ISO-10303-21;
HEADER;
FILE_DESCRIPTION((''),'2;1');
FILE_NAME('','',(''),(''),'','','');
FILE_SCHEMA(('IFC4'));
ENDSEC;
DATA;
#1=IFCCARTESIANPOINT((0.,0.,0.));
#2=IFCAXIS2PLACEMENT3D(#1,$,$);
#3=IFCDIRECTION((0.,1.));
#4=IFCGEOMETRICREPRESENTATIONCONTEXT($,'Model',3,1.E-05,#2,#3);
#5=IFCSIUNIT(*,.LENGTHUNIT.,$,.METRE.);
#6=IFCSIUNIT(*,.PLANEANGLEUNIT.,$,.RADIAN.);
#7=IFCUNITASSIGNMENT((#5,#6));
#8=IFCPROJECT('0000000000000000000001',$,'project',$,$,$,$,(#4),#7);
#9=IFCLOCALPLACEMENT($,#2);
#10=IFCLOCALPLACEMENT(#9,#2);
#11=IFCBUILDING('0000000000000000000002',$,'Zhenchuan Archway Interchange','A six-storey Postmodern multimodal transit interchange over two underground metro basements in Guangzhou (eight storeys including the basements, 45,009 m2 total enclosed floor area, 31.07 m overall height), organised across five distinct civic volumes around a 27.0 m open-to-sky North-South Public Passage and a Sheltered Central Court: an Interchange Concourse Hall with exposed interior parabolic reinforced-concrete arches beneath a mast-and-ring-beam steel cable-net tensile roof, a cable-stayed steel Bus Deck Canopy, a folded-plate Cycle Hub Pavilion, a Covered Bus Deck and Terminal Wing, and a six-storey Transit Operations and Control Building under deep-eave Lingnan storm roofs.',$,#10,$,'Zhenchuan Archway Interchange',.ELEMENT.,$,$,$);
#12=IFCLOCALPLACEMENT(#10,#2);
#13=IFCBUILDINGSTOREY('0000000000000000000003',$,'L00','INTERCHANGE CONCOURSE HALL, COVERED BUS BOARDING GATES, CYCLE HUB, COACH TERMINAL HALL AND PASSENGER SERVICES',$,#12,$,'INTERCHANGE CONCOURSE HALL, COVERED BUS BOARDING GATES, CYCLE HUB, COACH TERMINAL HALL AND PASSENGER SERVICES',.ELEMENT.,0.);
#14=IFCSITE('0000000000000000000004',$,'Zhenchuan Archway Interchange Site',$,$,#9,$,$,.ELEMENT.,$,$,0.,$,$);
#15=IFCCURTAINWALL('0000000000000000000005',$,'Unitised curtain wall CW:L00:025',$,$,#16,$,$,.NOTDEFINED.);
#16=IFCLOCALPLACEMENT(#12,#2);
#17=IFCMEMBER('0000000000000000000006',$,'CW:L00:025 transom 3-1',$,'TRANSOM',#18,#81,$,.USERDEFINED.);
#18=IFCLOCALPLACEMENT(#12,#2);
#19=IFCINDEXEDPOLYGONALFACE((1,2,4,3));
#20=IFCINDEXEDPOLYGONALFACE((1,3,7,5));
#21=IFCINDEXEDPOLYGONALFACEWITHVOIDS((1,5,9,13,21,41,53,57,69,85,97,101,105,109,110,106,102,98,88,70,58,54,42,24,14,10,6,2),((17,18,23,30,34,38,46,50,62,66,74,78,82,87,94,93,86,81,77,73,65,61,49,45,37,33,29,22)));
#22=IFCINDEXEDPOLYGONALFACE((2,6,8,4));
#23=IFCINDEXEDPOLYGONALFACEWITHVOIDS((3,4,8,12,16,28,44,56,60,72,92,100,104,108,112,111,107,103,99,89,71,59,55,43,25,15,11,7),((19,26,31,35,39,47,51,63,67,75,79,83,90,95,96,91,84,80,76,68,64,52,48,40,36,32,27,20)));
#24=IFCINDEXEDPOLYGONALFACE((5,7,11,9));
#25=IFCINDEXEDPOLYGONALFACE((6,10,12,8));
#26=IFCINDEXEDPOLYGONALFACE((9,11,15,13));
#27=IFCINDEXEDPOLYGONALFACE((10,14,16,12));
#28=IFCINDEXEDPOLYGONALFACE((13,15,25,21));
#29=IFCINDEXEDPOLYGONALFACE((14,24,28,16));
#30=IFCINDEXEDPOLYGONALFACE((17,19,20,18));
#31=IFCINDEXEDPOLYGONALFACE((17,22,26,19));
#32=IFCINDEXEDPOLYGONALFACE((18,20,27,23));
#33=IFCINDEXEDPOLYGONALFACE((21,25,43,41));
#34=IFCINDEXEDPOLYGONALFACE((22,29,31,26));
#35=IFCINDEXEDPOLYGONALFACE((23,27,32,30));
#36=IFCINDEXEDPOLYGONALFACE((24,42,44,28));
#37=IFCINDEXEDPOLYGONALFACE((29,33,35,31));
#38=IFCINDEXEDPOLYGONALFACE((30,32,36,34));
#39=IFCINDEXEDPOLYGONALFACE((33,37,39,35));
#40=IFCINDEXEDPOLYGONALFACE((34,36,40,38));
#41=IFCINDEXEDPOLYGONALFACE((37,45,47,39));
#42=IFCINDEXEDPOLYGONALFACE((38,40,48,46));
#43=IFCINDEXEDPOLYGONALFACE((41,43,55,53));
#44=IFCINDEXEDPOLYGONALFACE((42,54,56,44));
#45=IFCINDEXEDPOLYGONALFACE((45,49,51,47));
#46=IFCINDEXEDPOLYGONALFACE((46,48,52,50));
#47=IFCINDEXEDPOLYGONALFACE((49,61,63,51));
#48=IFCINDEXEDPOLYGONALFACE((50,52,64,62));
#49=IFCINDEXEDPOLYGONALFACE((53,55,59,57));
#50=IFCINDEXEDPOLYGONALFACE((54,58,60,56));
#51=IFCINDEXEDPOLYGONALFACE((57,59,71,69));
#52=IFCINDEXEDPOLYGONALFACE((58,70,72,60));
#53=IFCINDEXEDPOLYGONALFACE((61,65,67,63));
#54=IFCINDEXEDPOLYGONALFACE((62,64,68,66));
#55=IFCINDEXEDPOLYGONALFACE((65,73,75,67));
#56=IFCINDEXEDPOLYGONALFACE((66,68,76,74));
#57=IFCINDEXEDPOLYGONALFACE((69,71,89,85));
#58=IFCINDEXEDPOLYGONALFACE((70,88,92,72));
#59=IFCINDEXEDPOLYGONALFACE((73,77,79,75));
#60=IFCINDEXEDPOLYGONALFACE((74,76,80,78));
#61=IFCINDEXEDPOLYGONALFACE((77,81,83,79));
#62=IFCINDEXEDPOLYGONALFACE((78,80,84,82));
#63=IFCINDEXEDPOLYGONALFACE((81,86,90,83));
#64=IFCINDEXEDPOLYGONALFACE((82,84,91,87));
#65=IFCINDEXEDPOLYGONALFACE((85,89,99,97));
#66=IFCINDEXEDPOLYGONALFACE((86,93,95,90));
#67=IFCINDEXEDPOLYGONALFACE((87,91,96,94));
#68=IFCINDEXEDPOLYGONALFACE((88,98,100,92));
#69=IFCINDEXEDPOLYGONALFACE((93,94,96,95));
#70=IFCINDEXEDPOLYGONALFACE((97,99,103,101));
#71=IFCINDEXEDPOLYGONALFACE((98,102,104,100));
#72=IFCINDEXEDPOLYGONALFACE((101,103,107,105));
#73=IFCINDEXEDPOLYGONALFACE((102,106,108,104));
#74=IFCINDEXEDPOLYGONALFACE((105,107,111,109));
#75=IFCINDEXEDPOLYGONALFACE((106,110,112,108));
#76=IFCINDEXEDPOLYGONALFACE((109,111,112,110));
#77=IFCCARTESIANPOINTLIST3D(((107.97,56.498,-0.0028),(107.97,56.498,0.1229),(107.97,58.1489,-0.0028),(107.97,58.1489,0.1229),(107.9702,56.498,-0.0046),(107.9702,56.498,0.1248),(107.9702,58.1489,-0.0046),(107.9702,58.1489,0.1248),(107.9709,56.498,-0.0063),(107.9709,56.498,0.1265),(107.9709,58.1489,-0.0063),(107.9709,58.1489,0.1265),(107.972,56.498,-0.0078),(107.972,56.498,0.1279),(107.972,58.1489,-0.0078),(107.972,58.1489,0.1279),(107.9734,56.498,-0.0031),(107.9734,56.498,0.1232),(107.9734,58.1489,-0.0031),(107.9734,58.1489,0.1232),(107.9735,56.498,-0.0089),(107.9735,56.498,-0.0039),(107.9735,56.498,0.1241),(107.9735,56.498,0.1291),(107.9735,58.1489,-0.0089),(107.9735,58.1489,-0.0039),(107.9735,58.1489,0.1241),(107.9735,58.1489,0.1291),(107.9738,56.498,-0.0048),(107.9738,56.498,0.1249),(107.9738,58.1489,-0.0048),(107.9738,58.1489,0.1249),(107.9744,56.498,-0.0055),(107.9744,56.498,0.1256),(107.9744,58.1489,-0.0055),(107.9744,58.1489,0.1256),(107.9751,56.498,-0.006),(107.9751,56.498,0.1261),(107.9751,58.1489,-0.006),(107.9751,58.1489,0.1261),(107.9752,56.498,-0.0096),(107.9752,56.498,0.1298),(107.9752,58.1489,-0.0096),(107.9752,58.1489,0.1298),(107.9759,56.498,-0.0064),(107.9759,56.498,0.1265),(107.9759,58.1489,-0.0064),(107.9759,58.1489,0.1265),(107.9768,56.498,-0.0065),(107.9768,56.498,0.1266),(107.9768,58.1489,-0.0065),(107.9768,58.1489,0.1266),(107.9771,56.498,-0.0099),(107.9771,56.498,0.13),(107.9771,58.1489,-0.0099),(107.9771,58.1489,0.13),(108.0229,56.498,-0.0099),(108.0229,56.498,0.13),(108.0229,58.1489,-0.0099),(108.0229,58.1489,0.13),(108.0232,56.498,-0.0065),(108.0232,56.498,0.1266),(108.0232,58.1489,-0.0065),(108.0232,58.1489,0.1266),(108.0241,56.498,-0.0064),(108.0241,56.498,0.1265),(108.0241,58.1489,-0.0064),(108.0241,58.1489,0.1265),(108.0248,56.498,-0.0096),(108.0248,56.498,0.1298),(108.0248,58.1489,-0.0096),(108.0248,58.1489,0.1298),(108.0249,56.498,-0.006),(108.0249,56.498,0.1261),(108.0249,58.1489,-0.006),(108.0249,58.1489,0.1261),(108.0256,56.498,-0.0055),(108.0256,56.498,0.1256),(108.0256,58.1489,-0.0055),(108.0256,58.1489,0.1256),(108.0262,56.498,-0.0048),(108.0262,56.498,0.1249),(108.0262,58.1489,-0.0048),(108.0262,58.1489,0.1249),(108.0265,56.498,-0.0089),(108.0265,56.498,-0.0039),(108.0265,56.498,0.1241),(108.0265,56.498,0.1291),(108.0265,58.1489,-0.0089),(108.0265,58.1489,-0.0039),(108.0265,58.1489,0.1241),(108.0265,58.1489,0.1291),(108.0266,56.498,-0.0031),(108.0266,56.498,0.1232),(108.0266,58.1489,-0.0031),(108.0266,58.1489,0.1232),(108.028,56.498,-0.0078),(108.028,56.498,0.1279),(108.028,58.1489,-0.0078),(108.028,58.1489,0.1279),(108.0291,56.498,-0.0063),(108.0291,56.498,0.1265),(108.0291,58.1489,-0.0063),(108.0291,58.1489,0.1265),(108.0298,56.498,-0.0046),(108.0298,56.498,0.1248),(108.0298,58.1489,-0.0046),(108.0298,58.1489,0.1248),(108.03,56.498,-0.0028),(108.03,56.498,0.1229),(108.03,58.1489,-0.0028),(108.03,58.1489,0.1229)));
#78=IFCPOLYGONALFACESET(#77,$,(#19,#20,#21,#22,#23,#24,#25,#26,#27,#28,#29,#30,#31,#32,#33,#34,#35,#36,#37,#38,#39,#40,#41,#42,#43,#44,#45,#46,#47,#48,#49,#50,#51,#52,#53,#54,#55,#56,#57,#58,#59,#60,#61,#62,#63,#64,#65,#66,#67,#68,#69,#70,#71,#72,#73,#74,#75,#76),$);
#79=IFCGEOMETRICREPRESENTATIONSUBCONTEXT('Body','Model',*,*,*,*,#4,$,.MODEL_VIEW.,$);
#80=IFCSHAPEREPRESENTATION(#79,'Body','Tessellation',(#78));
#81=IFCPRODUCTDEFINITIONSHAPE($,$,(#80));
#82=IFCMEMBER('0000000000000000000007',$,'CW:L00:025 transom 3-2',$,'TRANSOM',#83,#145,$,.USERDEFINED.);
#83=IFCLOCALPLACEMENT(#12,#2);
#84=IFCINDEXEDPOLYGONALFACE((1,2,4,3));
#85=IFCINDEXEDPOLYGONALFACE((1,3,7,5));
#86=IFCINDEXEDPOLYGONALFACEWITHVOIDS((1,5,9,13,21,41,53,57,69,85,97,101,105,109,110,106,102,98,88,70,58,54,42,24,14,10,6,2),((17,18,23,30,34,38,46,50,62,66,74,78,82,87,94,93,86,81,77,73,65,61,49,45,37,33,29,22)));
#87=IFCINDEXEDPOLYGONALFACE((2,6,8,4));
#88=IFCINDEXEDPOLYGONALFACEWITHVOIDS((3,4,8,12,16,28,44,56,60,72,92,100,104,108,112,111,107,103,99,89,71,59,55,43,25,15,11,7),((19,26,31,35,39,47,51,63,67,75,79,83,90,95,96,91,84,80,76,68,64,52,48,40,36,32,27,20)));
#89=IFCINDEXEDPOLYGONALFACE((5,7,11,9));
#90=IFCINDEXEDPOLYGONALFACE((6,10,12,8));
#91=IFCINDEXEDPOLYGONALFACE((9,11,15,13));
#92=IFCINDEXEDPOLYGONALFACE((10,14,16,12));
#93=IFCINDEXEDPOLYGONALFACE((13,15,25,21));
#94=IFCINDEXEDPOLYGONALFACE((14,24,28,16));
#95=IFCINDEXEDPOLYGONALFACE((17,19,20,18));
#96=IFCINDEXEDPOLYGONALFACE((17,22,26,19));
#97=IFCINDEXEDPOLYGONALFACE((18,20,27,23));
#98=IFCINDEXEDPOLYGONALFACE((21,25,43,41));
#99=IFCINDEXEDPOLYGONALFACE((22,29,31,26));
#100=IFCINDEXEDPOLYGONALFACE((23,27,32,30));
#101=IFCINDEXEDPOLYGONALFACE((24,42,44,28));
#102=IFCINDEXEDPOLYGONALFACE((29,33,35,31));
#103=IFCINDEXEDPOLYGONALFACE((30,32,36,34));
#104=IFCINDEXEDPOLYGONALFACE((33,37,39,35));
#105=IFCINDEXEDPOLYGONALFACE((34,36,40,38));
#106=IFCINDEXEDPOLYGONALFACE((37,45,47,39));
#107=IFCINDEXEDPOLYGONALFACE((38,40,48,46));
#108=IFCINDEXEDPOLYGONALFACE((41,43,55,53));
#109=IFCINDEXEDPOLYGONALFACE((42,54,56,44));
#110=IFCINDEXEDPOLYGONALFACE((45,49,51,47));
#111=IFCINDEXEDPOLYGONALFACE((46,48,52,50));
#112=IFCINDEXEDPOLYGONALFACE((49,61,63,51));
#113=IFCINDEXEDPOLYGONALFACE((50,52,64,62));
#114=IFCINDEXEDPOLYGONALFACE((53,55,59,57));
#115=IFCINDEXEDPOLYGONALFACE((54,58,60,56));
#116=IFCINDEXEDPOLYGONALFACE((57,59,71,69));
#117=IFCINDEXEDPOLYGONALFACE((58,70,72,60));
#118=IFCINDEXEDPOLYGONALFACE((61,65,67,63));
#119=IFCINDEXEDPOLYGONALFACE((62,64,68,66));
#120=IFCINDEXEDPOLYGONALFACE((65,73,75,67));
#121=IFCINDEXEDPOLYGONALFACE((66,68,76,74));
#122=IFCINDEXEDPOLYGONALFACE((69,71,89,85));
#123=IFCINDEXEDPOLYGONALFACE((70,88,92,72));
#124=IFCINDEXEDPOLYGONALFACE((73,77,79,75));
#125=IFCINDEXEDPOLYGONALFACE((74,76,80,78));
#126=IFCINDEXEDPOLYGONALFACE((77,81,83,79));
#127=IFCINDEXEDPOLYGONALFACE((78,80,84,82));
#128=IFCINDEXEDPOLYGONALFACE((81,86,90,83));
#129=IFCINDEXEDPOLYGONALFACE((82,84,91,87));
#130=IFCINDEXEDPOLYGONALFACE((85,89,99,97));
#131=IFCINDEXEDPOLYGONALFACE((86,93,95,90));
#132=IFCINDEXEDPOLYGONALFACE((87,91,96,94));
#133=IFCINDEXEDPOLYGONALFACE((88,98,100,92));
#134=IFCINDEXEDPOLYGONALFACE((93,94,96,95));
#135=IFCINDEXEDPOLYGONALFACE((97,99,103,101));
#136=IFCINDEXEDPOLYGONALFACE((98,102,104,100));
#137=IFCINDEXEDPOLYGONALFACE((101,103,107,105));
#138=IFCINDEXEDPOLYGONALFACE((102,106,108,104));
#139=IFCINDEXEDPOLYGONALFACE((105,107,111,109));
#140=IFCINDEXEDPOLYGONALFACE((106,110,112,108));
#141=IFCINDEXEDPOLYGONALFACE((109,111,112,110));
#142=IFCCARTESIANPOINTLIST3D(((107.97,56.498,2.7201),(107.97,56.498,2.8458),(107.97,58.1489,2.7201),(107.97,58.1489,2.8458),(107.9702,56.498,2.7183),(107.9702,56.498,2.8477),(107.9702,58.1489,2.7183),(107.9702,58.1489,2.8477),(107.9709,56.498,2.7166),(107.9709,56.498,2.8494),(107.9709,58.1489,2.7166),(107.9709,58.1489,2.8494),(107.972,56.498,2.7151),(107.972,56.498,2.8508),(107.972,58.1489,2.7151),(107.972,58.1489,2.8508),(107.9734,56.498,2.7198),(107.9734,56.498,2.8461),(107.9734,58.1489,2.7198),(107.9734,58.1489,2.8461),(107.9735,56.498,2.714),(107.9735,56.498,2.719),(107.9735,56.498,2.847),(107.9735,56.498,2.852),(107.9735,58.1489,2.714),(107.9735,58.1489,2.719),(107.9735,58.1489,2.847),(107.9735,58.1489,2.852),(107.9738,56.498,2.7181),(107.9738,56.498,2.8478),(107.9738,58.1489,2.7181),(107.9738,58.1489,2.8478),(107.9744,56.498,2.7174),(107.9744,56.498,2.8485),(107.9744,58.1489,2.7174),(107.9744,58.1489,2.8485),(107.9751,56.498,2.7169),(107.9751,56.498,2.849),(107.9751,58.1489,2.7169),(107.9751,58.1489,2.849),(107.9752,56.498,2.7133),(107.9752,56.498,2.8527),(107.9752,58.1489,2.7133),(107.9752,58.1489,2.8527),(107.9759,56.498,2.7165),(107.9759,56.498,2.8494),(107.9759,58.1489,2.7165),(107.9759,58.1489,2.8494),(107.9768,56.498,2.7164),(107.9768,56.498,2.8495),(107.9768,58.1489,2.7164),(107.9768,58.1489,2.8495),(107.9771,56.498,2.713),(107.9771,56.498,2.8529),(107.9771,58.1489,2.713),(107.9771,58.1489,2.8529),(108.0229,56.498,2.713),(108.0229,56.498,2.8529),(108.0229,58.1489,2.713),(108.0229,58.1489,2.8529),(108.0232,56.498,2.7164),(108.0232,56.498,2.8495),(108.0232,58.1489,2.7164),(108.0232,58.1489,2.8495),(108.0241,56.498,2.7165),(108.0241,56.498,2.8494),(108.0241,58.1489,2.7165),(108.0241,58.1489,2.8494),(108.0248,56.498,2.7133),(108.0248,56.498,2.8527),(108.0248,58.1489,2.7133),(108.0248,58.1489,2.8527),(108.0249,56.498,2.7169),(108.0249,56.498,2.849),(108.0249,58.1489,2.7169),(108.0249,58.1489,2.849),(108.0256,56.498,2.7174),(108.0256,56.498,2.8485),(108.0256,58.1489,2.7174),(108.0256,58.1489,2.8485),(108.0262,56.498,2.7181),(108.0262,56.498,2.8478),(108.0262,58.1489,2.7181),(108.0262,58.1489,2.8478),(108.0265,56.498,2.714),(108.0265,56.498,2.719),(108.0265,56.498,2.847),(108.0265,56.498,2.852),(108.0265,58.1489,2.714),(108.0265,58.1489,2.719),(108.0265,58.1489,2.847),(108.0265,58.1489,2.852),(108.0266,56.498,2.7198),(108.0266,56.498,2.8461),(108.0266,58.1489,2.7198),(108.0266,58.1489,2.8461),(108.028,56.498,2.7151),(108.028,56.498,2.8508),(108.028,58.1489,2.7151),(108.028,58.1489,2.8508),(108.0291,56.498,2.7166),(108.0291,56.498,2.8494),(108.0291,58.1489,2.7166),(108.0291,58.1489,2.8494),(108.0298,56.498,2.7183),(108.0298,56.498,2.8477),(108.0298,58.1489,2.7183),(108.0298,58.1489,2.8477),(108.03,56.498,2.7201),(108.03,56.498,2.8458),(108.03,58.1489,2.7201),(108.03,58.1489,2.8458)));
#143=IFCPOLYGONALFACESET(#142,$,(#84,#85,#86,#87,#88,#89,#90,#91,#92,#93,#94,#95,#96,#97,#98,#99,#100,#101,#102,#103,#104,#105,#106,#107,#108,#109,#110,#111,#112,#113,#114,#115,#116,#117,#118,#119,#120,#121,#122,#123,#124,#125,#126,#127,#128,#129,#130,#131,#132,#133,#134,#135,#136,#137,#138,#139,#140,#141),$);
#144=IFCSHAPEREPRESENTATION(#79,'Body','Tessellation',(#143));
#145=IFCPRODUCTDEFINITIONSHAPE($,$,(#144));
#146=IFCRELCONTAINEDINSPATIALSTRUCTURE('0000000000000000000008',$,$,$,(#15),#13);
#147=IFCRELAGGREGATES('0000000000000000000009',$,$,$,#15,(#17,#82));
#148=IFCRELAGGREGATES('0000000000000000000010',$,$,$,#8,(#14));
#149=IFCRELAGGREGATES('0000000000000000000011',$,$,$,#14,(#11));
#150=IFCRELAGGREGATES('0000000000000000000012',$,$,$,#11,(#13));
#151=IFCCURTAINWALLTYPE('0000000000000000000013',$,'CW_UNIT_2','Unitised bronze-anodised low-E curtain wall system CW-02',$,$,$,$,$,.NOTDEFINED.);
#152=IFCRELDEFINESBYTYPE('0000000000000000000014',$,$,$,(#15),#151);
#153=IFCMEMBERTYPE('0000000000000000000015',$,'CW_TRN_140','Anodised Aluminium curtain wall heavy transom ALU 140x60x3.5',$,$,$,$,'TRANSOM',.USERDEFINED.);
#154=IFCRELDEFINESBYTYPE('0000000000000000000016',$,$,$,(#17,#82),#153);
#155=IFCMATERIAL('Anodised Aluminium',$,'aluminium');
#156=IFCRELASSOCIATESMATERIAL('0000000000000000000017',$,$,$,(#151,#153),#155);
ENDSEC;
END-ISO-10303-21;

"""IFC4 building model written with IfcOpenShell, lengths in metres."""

from ifc_helpers import new_model, si_unit, direction, frame, origin, origin_2d, place, context, subcontext, project, spatial, hollow_rectangle, extrude, material, material_profile, profile_set, type_object, element, aggregate, save


model = new_model("IFC4")

# Units and contexts
model_context = context("Model", 3, precision=1e-05, world=origin(), true_north=direction((0.0, 1.0)))
body_context = subcontext(model_context, "Body", "Model", "MODEL_VIEW")
ifc_project = project(units=[si_unit("LENGTHUNIT", "METRE"), si_unit("PLANEANGLEUNIT", "RADIAN")], contexts=[model_context])

# Site, building, storey
site_placement = place(None, origin())
site = spatial("IfcSite", under=ifc_project, at=site_placement, Name="Zhenchuan Archway Interchange Site", CompositionType="ELEMENT", RefElevation=0.0)
building_placement = place(site_placement, origin())
building = spatial("IfcBuilding", under=site, at=building_placement, Name="Zhenchuan Archway Interchange", Description="A six-storey Postmodern multimodal transit interchange over two underground metro basements in Guangzhou (eight storeys including the basements, 45,009 m2 total enclosed floor area, 31.07 m overall height), organised across five distinct civic volumes around a 27.0 m open-to-sky North-South Public Passage and a Sheltered Central Court: an Interchange Concourse Hall with exposed interior parabolic reinforced-concrete arches beneath a mast-and-ring-beam steel cable-net tensile roof, a cable-stayed steel Bus Deck Canopy, a folded-plate Cycle Hub Pavilion, a Covered Bus Deck and Terminal Wing, and a six-storey Transit Operations and Control Building under deep-eave Lingnan storm roofs.", LongName="Zhenchuan Archway Interchange", CompositionType="ELEMENT")
storey_placement = place(building_placement, origin())
storey = spatial("IfcBuildingStorey", under=building, at=storey_placement, Name="L00", Description="INTERCHANGE CONCOURSE HALL, COVERED BUS BOARDING GATES, CYCLE HUB, COACH TERMINAL HALL AND PASSENGER SERVICES", LongName="INTERCHANGE CONCOURSE HALL, COVERED BUS BOARDING GATES, CYCLE HUB, COACH TERMINAL HALL AND PASSENGER SERVICES", CompositionType="ELEMENT", Elevation=0.0)

# Curtain wall
ifc_material_1 = material(Name="Anodised Aluminium", Category="aluminium")
curtain_wall_type_1 = type_object("IfcCurtainWallType", Name="CW_UNIT_2", Description="Unitised bronze-anodised low-E curtain wall system CW-02", PredefinedType="NOTDEFINED", material=ifc_material_1)
curtain_wall_1_placement = place(storey_placement, origin())
curtain_wall_1 = element("IfcCurtainWall", 1, at=curtain_wall_1_placement, inside=storey, type_object=curtain_wall_type_1, Name="Unitised curtain wall CW:L00:025", PredefinedType="NOTDEFINED")

# Members
ifc_material_profile_1 = material_profile(ifc_material_1, hollow_rectangle(XDim=0.0601, YDim=0.1399, WallThickness=0.0034, InnerFilletRadius=0.0034, OuterFilletRadius=0.0071, at=origin_2d()), Name="ALU 140x60x3.5")
ifc_profile_set_1 = profile_set([ifc_material_profile_1], Name="Anodised Aluminium")
member_type_1 = type_object("IfcMemberType", Name="CW_TRN_140", Description="Anodised Aluminium curtain wall heavy transom ALU 140x60x3.5", ElementType="TRANSOM", PredefinedType="USERDEFINED", material=ifc_profile_set_1)
member_1_placement = place(storey_placement, frame((108.0, 58.1489, 0.0601), z_axis=(0.0, -1.0, 0.0), x_axis=(1.0, 0.0, 0.0)))
member_1 = element("IfcMember", 2, at=member_1_placement, type_object=member_type_1, Name="CW:L00:025 transom 3-1", ObjectType="TRANSOM", PredefinedType="USERDEFINED", context=body_context, shape_type="SweptSolid", body=[
    extrude(hollow_rectangle(XDim=0.0601, YDim=0.1399, WallThickness=0.0034, InnerFilletRadius=0.0034, OuterFilletRadius=0.0071, at=origin_2d()), origin(), (0.0, 0.0, 1.0), 1.6509),
])
member_2_placement = place(storey_placement, frame((108.0, 58.1489, 2.783), z_axis=(0.0, -1.0, 0.0), x_axis=(1.0, 0.0, 0.0)))
member_2 = element("IfcMember", 3, at=member_2_placement, type_object=member_type_1, Name="CW:L00:025 transom 3-2", ObjectType="TRANSOM", PredefinedType="USERDEFINED", context=body_context, shape_type="SweptSolid", body=[
    extrude(hollow_rectangle(XDim=0.0601, YDim=0.1399, WallThickness=0.0034, InnerFilletRadius=0.0034, OuterFilletRadius=0.0071, at=origin_2d()), origin(), (0.0, 0.0, 1.0), 1.6509),
])

aggregate(curtain_wall_1, [member_1, member_2])

save(model, "model.ifc")
